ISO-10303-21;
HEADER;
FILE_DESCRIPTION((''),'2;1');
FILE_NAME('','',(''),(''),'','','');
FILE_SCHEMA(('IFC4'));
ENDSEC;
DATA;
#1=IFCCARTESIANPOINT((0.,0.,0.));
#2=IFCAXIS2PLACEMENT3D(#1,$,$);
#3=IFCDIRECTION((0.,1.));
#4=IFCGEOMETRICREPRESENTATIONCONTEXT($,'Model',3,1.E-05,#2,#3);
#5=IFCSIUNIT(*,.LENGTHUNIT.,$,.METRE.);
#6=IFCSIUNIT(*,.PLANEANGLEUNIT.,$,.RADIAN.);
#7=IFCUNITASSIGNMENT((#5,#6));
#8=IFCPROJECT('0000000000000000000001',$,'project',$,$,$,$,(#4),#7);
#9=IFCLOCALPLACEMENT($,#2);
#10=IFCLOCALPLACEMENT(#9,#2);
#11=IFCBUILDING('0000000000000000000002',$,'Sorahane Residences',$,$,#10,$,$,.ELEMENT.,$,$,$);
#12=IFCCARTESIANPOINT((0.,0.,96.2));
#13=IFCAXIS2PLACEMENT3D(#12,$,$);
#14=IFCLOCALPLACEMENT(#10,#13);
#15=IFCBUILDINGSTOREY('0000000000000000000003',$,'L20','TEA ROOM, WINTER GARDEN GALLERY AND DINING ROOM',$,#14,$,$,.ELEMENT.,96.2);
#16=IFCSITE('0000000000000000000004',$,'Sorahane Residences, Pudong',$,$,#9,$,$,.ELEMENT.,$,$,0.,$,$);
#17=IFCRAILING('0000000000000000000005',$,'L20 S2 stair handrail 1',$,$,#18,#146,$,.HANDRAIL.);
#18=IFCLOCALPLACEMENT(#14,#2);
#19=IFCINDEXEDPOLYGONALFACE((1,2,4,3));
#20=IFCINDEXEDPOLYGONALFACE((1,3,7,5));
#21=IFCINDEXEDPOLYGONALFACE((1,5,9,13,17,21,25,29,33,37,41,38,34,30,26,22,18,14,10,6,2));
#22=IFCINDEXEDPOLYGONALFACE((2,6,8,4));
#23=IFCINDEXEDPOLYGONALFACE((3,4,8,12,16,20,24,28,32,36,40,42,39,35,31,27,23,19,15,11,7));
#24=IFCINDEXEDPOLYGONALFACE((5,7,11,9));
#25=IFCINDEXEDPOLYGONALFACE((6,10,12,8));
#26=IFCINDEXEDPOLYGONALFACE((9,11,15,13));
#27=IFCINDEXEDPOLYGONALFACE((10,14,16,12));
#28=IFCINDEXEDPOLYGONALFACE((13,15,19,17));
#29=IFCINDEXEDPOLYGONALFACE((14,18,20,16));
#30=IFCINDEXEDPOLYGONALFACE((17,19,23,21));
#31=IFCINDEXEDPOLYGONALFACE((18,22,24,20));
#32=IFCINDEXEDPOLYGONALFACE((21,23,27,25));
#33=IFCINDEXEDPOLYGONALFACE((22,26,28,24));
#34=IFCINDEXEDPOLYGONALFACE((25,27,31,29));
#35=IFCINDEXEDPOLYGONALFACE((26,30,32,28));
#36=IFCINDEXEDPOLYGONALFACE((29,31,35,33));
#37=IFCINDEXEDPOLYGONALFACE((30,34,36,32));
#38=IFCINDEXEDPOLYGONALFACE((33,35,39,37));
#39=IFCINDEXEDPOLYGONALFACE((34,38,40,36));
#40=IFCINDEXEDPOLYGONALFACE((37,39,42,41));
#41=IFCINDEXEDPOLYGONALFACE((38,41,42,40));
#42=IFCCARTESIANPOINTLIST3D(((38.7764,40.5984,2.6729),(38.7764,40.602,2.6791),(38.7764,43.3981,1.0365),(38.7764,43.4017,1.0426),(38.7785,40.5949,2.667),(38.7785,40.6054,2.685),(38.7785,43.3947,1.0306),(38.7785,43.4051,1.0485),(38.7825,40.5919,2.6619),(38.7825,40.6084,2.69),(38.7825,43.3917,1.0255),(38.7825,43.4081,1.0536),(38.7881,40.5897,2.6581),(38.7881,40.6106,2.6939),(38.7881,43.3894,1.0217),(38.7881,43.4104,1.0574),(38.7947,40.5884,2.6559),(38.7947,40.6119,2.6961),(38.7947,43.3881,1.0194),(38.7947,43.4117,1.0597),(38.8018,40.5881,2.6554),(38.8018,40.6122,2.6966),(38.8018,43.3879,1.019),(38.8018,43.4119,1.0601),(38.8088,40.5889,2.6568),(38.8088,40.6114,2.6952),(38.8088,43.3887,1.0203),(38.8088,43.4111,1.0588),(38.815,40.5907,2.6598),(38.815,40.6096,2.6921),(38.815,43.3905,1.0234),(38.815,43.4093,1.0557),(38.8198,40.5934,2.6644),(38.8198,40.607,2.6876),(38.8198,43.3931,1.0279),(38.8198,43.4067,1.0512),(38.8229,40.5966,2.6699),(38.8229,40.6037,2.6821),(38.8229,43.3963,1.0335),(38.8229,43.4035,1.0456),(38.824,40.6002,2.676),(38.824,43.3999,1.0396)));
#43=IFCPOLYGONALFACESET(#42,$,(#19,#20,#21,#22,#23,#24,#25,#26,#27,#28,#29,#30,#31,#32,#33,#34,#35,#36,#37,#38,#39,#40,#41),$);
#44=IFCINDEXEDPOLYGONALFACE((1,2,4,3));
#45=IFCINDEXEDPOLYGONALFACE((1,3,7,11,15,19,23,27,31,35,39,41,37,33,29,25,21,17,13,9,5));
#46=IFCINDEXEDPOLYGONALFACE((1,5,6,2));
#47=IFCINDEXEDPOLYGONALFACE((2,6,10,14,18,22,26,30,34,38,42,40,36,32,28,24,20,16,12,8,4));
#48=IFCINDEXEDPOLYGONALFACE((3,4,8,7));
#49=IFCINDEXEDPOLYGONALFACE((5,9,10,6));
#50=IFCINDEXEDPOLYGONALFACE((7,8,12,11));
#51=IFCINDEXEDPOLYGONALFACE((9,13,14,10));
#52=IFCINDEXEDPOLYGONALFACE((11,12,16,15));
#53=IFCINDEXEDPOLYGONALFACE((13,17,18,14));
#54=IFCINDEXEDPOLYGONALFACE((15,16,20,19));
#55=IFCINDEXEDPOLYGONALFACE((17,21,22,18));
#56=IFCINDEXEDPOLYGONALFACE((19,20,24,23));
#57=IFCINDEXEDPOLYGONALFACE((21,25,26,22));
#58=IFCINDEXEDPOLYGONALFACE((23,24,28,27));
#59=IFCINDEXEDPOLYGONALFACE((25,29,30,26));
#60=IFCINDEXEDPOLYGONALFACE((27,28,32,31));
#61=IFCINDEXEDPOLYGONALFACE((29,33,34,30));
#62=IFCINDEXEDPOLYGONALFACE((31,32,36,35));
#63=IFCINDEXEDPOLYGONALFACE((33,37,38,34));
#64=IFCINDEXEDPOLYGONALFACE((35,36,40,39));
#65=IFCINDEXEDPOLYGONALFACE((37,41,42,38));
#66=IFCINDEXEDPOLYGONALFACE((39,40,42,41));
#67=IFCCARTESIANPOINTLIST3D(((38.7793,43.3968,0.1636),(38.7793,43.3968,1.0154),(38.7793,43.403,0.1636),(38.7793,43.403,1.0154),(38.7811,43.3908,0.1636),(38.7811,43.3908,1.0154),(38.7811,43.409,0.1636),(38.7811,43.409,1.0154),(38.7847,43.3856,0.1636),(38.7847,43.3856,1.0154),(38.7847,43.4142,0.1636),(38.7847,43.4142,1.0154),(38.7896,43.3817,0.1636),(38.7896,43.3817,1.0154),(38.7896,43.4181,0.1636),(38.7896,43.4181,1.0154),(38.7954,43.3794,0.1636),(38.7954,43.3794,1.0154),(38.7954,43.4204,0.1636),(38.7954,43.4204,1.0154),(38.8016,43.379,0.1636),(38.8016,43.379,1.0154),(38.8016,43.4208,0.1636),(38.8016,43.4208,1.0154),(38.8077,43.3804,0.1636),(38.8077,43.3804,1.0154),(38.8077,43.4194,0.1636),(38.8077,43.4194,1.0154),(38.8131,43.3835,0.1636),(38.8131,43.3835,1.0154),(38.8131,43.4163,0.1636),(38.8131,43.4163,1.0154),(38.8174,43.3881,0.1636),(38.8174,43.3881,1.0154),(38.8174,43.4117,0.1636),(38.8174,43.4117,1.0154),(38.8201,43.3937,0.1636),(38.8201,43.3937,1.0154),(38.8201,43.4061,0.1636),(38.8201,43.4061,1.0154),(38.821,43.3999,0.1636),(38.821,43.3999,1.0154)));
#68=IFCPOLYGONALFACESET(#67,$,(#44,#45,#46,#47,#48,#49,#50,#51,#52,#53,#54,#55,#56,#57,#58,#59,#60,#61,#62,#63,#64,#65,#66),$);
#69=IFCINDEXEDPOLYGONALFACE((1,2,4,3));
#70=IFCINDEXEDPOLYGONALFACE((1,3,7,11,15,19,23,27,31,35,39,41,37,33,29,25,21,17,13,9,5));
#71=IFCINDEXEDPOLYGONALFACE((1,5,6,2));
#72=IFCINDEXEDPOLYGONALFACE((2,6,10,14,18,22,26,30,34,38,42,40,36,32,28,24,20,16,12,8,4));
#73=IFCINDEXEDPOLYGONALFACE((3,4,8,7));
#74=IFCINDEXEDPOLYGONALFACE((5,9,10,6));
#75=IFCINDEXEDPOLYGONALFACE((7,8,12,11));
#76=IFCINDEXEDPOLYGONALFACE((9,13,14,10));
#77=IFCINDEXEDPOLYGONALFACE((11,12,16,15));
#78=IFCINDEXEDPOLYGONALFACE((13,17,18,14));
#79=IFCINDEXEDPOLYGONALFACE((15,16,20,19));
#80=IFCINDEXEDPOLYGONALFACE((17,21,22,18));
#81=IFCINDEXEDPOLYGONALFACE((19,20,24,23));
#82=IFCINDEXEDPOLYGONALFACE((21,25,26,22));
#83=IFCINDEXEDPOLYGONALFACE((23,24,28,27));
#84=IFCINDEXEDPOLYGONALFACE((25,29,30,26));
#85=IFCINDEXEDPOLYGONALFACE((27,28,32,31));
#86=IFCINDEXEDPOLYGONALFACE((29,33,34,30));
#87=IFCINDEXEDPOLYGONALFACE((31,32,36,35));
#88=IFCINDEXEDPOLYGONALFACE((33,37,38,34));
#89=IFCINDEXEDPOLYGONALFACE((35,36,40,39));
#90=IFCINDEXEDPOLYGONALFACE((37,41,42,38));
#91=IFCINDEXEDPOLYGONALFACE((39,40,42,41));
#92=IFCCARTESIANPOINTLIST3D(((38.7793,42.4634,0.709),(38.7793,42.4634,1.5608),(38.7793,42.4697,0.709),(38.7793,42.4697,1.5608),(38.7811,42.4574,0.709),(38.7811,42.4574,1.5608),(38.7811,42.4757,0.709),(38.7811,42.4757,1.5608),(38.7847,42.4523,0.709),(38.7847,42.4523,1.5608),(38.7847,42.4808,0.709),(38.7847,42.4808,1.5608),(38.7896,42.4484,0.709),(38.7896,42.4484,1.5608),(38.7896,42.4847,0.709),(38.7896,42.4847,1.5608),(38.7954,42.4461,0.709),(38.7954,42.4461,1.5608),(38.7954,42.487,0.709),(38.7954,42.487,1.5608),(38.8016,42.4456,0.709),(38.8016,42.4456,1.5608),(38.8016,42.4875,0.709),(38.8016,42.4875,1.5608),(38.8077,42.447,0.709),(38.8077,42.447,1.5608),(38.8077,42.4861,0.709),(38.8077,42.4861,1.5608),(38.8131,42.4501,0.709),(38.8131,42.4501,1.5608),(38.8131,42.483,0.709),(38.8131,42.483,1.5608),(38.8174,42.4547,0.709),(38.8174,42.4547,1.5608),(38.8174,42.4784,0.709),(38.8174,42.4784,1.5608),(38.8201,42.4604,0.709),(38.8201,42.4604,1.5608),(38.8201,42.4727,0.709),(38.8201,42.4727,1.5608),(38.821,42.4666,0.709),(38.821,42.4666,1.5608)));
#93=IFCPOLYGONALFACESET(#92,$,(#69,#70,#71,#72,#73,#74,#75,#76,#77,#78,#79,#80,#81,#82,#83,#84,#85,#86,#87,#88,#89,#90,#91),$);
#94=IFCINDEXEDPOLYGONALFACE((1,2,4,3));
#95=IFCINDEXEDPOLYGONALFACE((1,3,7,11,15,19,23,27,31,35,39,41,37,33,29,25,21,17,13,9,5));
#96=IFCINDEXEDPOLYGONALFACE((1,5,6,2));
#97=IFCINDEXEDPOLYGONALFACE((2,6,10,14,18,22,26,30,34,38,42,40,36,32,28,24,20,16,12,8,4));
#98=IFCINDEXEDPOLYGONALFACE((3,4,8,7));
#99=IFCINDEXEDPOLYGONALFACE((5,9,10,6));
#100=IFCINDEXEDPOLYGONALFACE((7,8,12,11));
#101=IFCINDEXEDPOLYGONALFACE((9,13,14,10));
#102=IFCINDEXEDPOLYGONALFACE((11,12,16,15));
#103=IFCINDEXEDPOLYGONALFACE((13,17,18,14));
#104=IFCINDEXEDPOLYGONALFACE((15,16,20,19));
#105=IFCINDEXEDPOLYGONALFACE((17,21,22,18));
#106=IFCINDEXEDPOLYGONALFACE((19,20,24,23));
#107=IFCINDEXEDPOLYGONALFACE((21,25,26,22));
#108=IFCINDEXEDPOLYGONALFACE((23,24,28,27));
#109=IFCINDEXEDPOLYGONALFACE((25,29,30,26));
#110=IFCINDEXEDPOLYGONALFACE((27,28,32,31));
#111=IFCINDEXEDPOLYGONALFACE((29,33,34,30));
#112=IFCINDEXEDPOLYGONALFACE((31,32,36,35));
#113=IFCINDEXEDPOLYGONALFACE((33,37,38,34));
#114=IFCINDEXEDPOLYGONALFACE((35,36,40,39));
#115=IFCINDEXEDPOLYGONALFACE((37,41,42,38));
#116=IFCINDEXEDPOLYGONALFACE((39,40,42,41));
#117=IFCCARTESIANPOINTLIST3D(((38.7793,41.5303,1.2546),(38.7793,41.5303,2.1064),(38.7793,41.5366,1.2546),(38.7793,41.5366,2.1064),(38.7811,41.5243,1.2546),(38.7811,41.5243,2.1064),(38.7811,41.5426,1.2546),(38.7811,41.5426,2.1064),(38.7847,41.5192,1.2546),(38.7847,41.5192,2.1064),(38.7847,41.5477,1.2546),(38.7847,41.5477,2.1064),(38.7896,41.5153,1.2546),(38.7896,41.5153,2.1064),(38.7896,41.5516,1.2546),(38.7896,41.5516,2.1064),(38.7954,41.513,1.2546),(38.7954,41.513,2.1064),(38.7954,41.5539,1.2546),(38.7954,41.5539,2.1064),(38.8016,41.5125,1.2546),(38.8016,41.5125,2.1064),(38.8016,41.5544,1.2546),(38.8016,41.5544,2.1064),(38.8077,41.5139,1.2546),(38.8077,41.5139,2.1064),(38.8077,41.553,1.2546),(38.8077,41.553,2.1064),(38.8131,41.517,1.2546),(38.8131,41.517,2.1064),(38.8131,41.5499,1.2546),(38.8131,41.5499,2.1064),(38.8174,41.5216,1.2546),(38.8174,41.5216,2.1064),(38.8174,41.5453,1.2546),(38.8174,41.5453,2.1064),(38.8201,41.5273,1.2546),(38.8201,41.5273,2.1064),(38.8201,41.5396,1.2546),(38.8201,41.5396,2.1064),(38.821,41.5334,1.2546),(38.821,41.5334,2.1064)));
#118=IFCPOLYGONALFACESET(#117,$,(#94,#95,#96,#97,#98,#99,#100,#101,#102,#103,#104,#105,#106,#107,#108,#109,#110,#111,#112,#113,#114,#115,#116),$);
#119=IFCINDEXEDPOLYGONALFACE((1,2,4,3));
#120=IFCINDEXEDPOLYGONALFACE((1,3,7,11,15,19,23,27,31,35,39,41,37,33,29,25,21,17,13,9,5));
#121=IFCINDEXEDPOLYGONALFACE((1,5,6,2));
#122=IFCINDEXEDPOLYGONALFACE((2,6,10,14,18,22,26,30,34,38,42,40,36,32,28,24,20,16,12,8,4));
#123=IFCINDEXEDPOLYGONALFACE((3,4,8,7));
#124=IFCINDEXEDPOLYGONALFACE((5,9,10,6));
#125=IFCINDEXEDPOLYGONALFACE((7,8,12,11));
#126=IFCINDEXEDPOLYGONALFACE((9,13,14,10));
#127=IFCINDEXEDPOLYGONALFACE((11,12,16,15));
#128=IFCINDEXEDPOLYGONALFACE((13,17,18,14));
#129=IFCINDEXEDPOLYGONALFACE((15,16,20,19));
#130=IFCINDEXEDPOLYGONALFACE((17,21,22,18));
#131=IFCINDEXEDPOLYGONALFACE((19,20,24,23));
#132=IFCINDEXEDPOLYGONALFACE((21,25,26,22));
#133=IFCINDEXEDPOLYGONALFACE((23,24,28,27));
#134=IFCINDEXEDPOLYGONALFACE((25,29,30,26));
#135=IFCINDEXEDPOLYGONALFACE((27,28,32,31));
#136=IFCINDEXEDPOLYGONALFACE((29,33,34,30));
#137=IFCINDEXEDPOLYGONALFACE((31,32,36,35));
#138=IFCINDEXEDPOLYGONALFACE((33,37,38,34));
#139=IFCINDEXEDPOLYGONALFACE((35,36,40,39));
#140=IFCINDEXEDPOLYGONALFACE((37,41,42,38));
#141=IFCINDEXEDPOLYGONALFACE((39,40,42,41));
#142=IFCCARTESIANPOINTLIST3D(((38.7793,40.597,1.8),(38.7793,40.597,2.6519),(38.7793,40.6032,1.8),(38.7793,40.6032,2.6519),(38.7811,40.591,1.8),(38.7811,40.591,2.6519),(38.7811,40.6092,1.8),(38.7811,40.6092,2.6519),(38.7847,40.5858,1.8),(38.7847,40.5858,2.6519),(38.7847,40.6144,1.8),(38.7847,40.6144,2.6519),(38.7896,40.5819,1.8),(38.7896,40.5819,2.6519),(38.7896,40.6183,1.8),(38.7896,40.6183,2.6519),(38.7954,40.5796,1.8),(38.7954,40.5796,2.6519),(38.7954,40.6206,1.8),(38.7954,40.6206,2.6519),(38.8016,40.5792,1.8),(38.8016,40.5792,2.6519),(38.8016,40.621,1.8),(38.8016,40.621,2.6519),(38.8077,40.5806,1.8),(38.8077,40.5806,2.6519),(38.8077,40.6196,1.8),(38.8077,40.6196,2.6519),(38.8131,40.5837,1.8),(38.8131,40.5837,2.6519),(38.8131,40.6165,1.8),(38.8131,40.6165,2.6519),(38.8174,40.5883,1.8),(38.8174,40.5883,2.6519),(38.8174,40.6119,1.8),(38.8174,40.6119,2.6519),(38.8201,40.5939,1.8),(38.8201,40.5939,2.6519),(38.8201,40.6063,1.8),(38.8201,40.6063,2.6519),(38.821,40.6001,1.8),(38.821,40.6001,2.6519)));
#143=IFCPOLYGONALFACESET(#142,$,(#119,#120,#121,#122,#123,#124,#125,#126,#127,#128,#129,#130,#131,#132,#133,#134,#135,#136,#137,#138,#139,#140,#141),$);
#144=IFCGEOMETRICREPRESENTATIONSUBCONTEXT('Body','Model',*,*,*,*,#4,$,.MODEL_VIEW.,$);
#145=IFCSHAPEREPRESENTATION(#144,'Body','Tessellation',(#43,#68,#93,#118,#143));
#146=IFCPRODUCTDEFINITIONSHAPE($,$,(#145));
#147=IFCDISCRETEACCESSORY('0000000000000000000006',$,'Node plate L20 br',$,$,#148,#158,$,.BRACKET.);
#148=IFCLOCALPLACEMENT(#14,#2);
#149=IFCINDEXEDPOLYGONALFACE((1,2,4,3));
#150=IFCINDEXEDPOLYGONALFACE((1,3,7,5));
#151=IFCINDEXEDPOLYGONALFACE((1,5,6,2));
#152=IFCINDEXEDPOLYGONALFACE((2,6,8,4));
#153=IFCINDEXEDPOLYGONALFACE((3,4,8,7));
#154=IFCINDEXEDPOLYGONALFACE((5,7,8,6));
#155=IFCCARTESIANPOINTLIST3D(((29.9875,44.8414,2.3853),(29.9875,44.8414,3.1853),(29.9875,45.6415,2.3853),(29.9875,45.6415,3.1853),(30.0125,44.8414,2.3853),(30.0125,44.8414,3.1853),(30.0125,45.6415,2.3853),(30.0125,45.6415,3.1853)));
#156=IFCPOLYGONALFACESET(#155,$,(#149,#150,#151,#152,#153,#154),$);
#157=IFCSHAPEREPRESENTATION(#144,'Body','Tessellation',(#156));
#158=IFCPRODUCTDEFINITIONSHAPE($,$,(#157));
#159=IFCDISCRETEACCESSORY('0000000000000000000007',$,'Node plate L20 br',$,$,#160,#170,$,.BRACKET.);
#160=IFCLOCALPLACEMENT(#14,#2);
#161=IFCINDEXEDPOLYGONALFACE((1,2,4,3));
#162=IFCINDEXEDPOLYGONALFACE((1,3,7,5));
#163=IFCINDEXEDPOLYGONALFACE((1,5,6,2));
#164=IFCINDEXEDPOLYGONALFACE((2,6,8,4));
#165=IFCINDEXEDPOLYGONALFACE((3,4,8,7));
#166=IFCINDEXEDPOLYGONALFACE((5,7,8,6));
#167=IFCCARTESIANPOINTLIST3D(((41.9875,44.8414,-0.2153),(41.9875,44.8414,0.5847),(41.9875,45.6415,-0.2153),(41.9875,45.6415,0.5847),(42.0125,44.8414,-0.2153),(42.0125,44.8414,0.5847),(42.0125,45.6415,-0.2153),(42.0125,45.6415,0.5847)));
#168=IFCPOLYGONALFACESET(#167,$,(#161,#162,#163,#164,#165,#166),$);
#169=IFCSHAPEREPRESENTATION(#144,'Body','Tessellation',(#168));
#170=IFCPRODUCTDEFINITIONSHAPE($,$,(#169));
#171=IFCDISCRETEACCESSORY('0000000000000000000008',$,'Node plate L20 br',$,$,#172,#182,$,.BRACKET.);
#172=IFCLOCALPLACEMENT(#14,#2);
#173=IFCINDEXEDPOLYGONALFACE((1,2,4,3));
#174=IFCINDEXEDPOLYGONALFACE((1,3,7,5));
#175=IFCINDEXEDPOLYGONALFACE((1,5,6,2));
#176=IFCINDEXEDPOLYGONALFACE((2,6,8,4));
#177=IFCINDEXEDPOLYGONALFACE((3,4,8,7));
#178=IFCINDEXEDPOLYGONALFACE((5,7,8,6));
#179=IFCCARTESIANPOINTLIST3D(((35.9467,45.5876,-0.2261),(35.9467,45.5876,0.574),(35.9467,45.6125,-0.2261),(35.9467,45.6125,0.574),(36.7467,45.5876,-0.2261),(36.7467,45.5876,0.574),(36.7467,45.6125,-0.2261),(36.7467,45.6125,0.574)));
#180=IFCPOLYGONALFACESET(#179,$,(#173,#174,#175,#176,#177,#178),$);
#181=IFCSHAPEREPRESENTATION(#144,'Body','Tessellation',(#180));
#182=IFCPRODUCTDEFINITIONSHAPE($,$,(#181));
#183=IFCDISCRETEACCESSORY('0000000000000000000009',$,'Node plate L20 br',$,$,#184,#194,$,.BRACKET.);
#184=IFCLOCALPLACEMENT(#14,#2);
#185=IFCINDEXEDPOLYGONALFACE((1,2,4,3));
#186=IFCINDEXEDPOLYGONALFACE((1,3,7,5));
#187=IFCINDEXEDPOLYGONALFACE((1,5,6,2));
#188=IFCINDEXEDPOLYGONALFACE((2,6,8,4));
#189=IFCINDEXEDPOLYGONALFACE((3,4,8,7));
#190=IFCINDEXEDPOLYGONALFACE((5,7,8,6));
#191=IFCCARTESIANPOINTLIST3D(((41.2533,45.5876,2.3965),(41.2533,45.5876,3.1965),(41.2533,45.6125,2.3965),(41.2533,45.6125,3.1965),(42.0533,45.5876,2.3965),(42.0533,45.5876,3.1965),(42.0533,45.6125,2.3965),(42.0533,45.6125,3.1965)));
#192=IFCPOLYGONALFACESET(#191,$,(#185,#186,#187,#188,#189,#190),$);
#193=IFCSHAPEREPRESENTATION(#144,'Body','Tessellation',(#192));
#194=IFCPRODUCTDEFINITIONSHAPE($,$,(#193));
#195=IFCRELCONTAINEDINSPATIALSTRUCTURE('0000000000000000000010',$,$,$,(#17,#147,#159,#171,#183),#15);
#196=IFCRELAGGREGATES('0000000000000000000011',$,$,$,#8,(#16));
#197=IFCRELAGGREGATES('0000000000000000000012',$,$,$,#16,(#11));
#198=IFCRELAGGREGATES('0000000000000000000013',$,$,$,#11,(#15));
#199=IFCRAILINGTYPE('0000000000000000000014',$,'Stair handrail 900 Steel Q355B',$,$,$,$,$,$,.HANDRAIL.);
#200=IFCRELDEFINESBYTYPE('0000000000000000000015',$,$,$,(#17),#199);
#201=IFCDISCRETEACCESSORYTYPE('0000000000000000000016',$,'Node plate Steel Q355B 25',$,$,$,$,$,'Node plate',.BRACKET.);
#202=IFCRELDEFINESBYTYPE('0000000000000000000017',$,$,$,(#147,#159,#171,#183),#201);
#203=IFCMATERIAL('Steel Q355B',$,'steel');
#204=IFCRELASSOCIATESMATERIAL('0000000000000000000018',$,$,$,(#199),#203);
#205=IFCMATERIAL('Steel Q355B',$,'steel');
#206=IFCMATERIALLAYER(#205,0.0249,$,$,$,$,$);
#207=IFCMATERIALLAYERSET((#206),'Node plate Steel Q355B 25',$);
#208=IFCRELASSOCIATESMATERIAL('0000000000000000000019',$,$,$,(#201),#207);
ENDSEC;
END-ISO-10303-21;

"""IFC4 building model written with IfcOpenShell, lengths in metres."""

from ifc_helpers import new_model, si_unit, direction, frame, origin, origin_2d, place, context, subcontext, project, spatial, rectangle, circle, extrude, material, layer, layer_set, type_object, element, save


model = new_model("IFC4")

# Units and contexts
model_context = context("Model", 3, precision=1e-05, world=origin(), true_north=direction((0.0, 1.0)))
body_context = subcontext(model_context, "Body", "Model", "MODEL_VIEW")
ifc_project = project(units=[si_unit("LENGTHUNIT", "METRE"), si_unit("PLANEANGLEUNIT", "RADIAN")], contexts=[model_context])

# Site, building, storey
site_placement = place(None, origin())
site = spatial("IfcSite", under=ifc_project, at=site_placement, Name="Sorahane Residences, Pudong", CompositionType="ELEMENT", RefElevation=0.0)
building_placement = place(site_placement, origin())
building = spatial("IfcBuilding", under=site, at=building_placement, Name="Sorahane Residences", CompositionType="ELEMENT")
storey_placement = place(building_placement, frame((0.0, 0.0, 96.2)))
storey = spatial("IfcBuildingStorey", under=building, at=storey_placement, Name="L20", Description="TEA ROOM, WINTER GARDEN GALLERY AND DINING ROOM", CompositionType="ELEMENT", Elevation=96.2)

# Railing
ifc_material_1 = material(Name="Steel Q355B", Category="steel")
railing_type_1 = type_object("IfcRailingType", Name="Stair handrail 900 Steel Q355B", PredefinedType="HANDRAIL", material=ifc_material_1)
railing_1_placement = place(storey_placement, frame((38.8, 43.3999, 0.1636)))
element("IfcRailing", 1, at=railing_1_placement, inside=storey, type_object=railing_type_1, Name="L20 S2 stair handrail 1", PredefinedType="HANDRAIL", context=body_context, shape_type="SweptSolid", body=[
    extrude(circle(Radius=0.0239, at=origin_2d()), frame((0.0, 0.0, 0.876), z_axis=(0.0, -0.863342, 0.50462), x_axis=(1.0, 0.0, 0.0)), (0.0, 0.0, 1.0), 3.2429),
    extrude(circle(Radius=0.021, at=origin_2d()), origin(), (0.0, 0.0, 1.0), 0.8518),
    extrude(circle(Radius=0.021, at=origin_2d()), frame((0.0, -0.9333, 0.5454)), (0.0, 0.0, 1.0), 0.8518),
    extrude(circle(Radius=0.021, at=origin_2d()), frame((0.0, -1.8665, 1.0911)), (0.0, 0.0, 1.0), 0.8518),
    extrude(circle(Radius=0.021, at=origin_2d()), frame((0.0, -2.7998, 1.6365)), (0.0, 0.0, 1.0), 0.8518),
])

# Discrete accessories
ifc_material_2 = material(Name="Steel Q355B", Category="steel")
ifc_layer_1 = layer(ifc_material_2, 0.0249)
ifc_layer_set_1 = layer_set([ifc_layer_1], Name="Node plate Steel Q355B 25")
discrete_accessory_type = type_object("IfcDiscreteAccessoryType", Name="Node plate Steel Q355B 25", ElementType="Node plate", PredefinedType="BRACKET", material=ifc_layer_set_1)
for number, where, z_axis, x_axis, name in (
    (2, (30.0, 45.2415, 2.3853), (0.0, 0.0, 1.0), (0.0, 1.0, 0.0), "Node plate L20 br"),
    (3, (42.0, 45.2415, -0.2153), (0.0, 0.0, 1.0), (0.0, 1.0, 0.0), "Node plate L20 br"),
    (4, (36.3467, 45.6001, -0.2261), (0.0, 0.0, 1.0), (1.0, 0.0, 0.0), "Node plate L20 br"),
    (5, (41.6533, 45.6001, 2.3965), (0.0, 0.0, 1.0), (1.0, 0.0, 0.0), "Node plate L20 br"),
):
    element("IfcDiscreteAccessory", number, at=place(storey_placement, frame(where, z_axis=z_axis, x_axis=x_axis)), inside=storey, type_object=discrete_accessory_type, Name=name, PredefinedType="BRACKET", context=body_context, shape_type="SweptSolid", body=[
        extrude(rectangle(XDim=0.8, YDim=0.0249, at=origin_2d()), origin(), (0.0, 0.0, 1.0), 0.8),
    ])

save(model, "model.ifc")
